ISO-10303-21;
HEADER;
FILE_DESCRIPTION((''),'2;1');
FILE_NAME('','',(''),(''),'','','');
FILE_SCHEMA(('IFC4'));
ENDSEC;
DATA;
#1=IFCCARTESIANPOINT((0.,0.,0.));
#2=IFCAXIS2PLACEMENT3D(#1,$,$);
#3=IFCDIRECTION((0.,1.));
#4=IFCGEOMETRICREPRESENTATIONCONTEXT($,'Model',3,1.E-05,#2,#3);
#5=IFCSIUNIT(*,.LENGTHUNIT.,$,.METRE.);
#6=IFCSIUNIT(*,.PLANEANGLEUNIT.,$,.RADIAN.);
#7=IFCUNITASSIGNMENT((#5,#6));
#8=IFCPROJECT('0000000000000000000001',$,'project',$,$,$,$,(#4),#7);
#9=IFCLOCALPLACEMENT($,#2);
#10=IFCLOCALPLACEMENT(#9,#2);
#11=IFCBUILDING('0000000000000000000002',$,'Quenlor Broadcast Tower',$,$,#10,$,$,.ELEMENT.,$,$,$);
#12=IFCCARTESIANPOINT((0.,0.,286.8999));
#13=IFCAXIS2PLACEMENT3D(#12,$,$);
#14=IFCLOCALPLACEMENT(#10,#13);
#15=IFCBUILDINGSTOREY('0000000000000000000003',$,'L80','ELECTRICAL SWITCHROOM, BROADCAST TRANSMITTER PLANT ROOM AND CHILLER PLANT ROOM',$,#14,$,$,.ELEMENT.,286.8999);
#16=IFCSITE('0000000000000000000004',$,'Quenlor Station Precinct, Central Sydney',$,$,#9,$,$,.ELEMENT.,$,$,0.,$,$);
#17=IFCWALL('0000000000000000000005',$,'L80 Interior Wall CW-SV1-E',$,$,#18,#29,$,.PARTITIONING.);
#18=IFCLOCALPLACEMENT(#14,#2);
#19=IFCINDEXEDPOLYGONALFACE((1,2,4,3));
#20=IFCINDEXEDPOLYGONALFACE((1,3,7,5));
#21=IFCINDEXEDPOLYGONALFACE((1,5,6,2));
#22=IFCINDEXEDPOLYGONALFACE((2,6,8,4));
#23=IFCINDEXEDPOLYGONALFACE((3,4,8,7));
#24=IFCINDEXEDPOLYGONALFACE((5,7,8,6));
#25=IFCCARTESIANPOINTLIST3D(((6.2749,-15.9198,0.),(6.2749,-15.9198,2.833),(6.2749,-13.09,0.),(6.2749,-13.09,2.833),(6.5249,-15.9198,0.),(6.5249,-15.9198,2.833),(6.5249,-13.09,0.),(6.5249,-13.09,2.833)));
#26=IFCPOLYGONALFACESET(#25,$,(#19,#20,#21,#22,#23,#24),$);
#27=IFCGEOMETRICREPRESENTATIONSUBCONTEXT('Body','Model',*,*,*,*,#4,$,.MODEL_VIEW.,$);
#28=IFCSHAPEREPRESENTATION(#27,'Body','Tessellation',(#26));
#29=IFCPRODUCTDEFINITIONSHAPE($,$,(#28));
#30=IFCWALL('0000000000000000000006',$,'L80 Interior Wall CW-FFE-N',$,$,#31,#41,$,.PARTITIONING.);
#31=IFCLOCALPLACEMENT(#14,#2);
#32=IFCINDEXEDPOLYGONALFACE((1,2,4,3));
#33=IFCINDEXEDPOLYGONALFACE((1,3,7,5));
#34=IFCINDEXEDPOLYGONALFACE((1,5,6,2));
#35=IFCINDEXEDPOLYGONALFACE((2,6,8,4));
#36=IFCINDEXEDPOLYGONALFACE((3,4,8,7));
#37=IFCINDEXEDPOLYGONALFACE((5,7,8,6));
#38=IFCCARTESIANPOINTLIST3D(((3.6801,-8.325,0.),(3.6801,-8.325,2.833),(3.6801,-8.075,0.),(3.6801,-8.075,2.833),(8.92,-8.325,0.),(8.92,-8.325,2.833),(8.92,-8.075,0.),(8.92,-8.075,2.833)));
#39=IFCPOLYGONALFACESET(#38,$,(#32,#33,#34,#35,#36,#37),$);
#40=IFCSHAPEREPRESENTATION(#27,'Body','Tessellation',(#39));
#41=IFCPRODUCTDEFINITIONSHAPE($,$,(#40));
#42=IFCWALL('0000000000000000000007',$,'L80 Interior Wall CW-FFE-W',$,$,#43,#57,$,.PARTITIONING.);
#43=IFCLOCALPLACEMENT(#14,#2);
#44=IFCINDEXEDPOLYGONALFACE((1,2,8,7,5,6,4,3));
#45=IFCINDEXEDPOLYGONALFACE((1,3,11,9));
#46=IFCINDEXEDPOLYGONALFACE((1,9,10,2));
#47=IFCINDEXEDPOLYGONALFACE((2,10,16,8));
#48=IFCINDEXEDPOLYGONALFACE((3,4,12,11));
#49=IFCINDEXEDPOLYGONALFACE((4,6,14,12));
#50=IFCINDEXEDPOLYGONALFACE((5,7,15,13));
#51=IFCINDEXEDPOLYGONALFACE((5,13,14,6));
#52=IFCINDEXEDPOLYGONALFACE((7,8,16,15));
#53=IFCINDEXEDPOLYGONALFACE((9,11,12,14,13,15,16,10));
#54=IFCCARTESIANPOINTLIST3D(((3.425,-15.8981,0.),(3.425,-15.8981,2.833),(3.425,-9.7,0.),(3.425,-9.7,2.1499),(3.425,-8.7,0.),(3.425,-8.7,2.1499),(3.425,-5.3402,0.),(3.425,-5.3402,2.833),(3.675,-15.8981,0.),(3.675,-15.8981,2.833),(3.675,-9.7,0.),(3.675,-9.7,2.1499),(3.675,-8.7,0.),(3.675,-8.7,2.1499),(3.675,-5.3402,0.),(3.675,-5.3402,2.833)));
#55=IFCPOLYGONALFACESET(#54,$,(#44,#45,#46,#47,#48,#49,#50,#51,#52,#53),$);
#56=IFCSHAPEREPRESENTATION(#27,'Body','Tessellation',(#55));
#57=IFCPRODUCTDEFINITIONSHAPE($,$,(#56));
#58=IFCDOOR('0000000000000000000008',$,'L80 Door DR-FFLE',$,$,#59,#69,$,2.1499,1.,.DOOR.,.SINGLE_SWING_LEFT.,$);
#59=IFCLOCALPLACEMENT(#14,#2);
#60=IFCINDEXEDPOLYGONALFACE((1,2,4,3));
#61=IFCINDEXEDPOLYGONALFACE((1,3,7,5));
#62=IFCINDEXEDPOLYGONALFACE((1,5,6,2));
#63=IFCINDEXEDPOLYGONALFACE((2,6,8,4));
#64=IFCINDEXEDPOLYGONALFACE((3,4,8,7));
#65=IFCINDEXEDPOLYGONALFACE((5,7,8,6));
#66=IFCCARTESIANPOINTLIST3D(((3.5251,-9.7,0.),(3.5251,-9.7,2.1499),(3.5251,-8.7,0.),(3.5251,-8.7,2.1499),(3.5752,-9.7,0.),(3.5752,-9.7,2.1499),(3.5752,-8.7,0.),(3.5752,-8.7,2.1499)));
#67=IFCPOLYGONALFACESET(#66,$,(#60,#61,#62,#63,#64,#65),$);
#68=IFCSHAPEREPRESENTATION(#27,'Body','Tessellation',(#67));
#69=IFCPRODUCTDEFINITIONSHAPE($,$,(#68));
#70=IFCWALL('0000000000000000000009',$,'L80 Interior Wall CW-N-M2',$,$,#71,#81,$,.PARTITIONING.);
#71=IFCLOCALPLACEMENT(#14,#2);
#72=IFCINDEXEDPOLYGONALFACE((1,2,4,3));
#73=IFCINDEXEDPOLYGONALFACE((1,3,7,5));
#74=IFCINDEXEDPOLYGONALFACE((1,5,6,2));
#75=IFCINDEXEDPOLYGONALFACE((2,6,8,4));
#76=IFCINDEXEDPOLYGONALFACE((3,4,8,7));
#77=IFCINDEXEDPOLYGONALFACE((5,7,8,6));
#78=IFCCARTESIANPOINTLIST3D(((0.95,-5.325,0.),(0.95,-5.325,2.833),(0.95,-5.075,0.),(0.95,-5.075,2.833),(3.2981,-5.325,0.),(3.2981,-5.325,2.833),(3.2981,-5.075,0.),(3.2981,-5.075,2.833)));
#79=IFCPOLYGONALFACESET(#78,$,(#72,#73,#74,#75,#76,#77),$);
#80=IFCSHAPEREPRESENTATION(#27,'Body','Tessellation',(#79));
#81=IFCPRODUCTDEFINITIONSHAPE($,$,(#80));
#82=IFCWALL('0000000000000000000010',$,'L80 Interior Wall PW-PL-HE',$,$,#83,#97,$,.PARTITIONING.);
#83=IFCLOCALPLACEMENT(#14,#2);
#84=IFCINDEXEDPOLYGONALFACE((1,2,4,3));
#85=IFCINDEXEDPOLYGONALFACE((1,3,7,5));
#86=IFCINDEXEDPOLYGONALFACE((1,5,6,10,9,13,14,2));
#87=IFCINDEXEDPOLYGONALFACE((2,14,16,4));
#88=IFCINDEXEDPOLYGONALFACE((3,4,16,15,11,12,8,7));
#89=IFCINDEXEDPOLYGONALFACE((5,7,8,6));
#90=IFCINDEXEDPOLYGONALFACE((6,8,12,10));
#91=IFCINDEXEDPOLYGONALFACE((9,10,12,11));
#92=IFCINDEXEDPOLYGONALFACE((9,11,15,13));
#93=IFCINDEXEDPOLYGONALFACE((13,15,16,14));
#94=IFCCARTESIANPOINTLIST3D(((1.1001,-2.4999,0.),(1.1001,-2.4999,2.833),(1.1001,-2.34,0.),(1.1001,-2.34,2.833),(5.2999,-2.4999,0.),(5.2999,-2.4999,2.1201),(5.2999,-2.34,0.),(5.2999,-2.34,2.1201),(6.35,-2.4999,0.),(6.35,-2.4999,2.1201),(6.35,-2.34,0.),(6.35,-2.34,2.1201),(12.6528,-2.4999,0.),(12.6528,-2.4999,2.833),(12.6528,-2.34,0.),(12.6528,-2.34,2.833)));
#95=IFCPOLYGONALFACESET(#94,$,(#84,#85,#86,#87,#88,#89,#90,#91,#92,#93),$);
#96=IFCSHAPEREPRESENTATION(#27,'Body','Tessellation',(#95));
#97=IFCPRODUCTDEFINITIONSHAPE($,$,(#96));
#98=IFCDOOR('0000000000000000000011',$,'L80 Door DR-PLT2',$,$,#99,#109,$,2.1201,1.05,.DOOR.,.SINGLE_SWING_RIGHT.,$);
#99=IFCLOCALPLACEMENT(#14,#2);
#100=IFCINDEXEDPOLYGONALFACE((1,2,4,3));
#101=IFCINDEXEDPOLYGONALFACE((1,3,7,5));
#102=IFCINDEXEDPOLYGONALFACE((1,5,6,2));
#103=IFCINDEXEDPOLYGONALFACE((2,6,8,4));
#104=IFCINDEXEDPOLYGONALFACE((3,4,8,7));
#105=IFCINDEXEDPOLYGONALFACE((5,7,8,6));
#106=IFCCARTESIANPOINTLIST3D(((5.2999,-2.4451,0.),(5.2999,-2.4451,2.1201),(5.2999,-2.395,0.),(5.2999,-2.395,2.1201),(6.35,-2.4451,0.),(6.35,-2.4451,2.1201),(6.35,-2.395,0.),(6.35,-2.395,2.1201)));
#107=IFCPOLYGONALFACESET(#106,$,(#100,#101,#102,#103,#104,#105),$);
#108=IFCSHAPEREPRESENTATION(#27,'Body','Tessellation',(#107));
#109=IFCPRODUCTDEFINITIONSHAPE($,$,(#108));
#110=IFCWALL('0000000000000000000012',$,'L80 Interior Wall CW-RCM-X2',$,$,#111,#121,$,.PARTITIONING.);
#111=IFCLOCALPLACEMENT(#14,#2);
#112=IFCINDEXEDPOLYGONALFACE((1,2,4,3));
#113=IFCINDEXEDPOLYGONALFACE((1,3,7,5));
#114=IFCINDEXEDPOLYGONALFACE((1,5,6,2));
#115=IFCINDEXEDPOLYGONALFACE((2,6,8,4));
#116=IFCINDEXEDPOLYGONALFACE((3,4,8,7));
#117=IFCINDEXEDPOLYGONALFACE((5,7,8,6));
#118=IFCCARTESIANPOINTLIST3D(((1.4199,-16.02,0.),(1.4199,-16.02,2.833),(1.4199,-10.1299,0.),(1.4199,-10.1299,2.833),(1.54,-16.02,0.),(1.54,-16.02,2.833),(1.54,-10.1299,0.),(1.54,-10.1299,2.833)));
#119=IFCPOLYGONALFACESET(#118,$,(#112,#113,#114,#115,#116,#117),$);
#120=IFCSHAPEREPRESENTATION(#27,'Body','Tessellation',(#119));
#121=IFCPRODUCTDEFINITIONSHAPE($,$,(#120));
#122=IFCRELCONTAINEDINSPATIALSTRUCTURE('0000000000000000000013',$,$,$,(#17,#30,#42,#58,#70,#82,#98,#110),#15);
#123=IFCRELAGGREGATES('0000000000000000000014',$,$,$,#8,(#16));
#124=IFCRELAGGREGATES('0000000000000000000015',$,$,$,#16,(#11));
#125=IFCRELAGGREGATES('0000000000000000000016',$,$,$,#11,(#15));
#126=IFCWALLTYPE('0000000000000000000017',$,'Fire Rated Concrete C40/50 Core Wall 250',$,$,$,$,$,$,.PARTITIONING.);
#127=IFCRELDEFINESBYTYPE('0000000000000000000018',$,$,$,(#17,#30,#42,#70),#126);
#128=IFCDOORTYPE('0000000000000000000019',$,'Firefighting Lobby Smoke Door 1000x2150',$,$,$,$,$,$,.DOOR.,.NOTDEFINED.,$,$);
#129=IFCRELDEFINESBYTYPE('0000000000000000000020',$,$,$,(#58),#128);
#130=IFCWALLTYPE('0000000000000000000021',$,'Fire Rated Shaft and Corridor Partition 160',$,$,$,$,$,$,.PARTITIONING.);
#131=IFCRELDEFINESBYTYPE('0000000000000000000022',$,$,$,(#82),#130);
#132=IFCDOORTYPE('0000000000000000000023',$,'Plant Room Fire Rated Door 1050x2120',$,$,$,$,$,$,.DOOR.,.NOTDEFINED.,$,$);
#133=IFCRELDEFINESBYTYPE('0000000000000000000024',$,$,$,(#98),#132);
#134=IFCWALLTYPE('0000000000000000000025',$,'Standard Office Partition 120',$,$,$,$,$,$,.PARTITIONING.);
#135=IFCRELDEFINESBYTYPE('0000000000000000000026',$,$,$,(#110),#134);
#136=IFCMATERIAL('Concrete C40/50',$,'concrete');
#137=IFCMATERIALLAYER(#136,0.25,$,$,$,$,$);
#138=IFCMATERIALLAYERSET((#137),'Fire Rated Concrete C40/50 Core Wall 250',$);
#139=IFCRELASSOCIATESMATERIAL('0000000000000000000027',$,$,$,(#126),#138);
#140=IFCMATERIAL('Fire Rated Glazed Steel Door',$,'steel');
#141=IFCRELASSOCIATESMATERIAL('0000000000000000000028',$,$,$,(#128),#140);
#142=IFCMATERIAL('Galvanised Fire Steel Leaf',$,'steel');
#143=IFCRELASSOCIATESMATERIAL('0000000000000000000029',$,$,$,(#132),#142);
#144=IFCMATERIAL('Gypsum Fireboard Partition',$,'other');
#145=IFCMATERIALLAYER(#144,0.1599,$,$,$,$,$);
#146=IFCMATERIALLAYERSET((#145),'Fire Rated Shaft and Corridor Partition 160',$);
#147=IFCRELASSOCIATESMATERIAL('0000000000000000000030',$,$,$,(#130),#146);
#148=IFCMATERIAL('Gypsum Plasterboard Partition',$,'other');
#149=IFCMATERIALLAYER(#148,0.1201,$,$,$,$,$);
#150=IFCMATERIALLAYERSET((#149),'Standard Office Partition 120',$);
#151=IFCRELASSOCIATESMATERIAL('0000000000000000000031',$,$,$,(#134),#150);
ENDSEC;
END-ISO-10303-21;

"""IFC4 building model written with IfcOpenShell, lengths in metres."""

from ifc_helpers import new_model, si_unit, direction, frame, frame_2d, origin, place, context, subcontext, project, spatial, rectangle, extrude, material, layer, layer_set, type_object, element, fill, save


model = new_model("IFC4")

# Units and contexts
model_context = context("Model", 3, precision=1e-05, world=origin(), true_north=direction((0.0, 1.0)))
body_context = subcontext(model_context, "Body", "Model", "MODEL_VIEW")
ifc_project = project(units=[si_unit("LENGTHUNIT", "METRE"), si_unit("PLANEANGLEUNIT", "RADIAN")], contexts=[model_context])

# Site, building, storey
site_placement = place(None, origin())
site = spatial("IfcSite", under=ifc_project, at=site_placement, Name="Quenlor Station Precinct, Central Sydney", CompositionType="ELEMENT", RefElevation=0.0)
building_placement = place(site_placement, origin())
building = spatial("IfcBuilding", under=site, at=building_placement, Name="Quenlor Broadcast Tower", CompositionType="ELEMENT")
storey_placement = place(building_placement, frame((0.0, 0.0, 286.8999)))
storey = spatial("IfcBuildingStorey", under=building, at=storey_placement, Name="L80", Description="ELECTRICAL SWITCHROOM, BROADCAST TRANSMITTER PLANT ROOM AND CHILLER PLANT ROOM", CompositionType="ELEMENT", Elevation=286.8999)

# Shared definitions
ifc_material_1 = material(Name="Concrete C40/50", Category="concrete")
ifc_layer_1 = layer(ifc_material_1, 0.25)
ifc_layer_set_1 = layer_set([ifc_layer_1], Name="Fire Rated Concrete C40/50 Core Wall 250")
wall_type_1 = type_object("IfcWallType", Name="Fire Rated Concrete C40/50 Core Wall 250", PredefinedType="PARTITIONING", material=ifc_layer_set_1)

# Walls
wall_1_placement = place(storey_placement, frame((6.3999, -15.9199, 0.0), z_axis=(0.0, 0.0, 1.0), x_axis=(0.0, 1.0, 0.0)))
element("IfcWall", 1, at=wall_1_placement, inside=storey, type_object=wall_type_1, Name="L80 Interior Wall CW-SV1-E", PredefinedType="PARTITIONING", context=body_context, shape_type="SweptSolid", body=[
    extrude(rectangle(XDim=2.8298, YDim=0.25, at=frame_2d((1.415, 0.0))), origin(), (0.0, 0.0, 1.0), 2.833),
])
wall_2_placement = place(storey_placement, frame((3.6799, -8.2, 0.0), z_axis=(0.0, 0.0, 1.0), x_axis=(1.0, 0.0, 0.0)))
element("IfcWall", 2, at=wall_2_placement, inside=storey, type_object=wall_type_1, Name="L80 Interior Wall CW-FFE-N", PredefinedType="PARTITIONING", context=body_context, shape_type="SweptSolid", body=[
    extrude(rectangle(XDim=5.24, YDim=0.25, at=frame_2d((2.6201, 0.0))), origin(), (0.0, 0.0, 1.0), 2.833),
])

# Wall, opening, door
wall_3_placement = place(storey_placement, frame((3.55, -15.8979, 0.0), z_axis=(0.0, 0.0, 1.0), x_axis=(0.0, 1.0, 0.0)))
wall_3 = element("IfcWall", 3, at=wall_3_placement, inside=storey, type_object=wall_type_1, Name="L80 Interior Wall CW-FFE-W", PredefinedType="PARTITIONING", context=body_context, shape_type="SweptSolid", body=[
    extrude(rectangle(XDim=10.5579, YDim=0.25, at=frame_2d((5.2788, 0.0))), origin(), (0.0, 0.0, 1.0), 2.833),
])
opening_1_placement = place(wall_3_placement, frame((6.198, 0.0, 0.0)))
opening_1 = element("IfcOpeningElement", 4, at=opening_1_placement, cuts=wall_3, PredefinedType="OPENING", context=body_context, shape_type="SweptSolid", body=[
    extrude(rectangle(XDim=1.0, YDim=2.1499, at=frame_2d((0.5, 1.075))), frame((0.0, 0.135, 0.0), z_axis=(0.0, -1.0, 0.0), x_axis=(1.0, 0.0, 0.0)), (0.0, 0.0, 1.0), 0.27),
])
ifc_material_2 = material(Name="Fire Rated Glazed Steel Door", Category="steel")
door_type_1 = type_object("IfcDoorType", Name="Firefighting Lobby Smoke Door 1000x2150", OperationType="NOTDEFINED", PredefinedType="DOOR", material=ifc_material_2)
door_1_placement = place(opening_1_placement, origin())
door_1 = element("IfcDoor", 5, at=door_1_placement, inside=storey, type_object=door_type_1, Name="L80 Door DR-FFLE", OperationType="SINGLE_SWING_LEFT", OverallHeight=2.1499, OverallWidth=1.0, PredefinedType="DOOR", context=body_context, shape_type="SweptSolid", body=[
    extrude(rectangle(XDim=1.0, YDim=2.1499, at=frame_2d((0.5, 1.075))), frame((0.0, 0.0249, 0.0), z_axis=(0.0, -1.0, 0.0), x_axis=(1.0, 0.0, 0.0)), (0.0, 0.0, 1.0), 0.05),
])
fill(opening_1, door_1)
ifc_material_3 = material(Name="Galvanised Fire Steel Leaf", Category="steel")
door_type_2 = type_object("IfcDoorType", Name="Plant Room Fire Rated Door 1050x2120", OperationType="NOTDEFINED", PredefinedType="DOOR", material=ifc_material_3)

# Wall
wall_4_placement = place(storey_placement, frame((0.95, -5.2, 0.0), z_axis=(0.0, 0.0, 1.0), x_axis=(1.0, 0.0, 0.0)))
element("IfcWall", 6, at=wall_4_placement, inside=storey, type_object=wall_type_1, Name="L80 Interior Wall CW-N-M2", PredefinedType="PARTITIONING", context=body_context, shape_type="SweptSolid", body=[
    extrude(rectangle(XDim=2.3481, YDim=0.25, at=frame_2d((1.1741, 0.0))), origin(), (0.0, 0.0, 1.0), 2.833),
])

# Wall, opening, door
ifc_material_4 = material(Name="Gypsum Fireboard Partition", Category="other")
ifc_layer_2 = layer(ifc_material_4, 0.1599)
ifc_layer_set_2 = layer_set([ifc_layer_2], Name="Fire Rated Shaft and Corridor Partition 160")
wall_type_2 = type_object("IfcWallType", Name="Fire Rated Shaft and Corridor Partition 160", PredefinedType="PARTITIONING", material=ifc_layer_set_2)
wall_5_placement = place(storey_placement, frame((1.1001, -2.4199, 0.0), z_axis=(0.0, 0.0, 1.0), x_axis=(1.0, 0.0, 0.0)))
wall_5 = element("IfcWall", 7, at=wall_5_placement, inside=storey, type_object=wall_type_2, Name="L80 Interior Wall PW-PL-HE", PredefinedType="PARTITIONING", context=body_context, shape_type="SweptSolid", body=[
    extrude(rectangle(XDim=11.5527, YDim=0.1599, at=frame_2d((5.7764, 0.0))), origin(), (0.0, 0.0, 1.0), 2.833),
])
opening_2_placement = place(wall_5_placement, frame((4.2, 0.0, 0.0)))
opening_2 = element("IfcOpeningElement", 8, at=opening_2_placement, cuts=wall_5, PredefinedType="OPENING", context=body_context, shape_type="SweptSolid", body=[
    extrude(rectangle(XDim=1.05, YDim=2.1201, at=frame_2d((0.5249, 1.0601))), frame((0.0, 0.0898, 0.0), z_axis=(0.0, -1.0, 0.0), x_axis=(1.0, 0.0, 0.0)), (0.0, 0.0, 1.0), 0.1799),
])
door_2_placement = place(opening_2_placement, origin())
door_2 = element("IfcDoor", 9, at=door_2_placement, inside=storey, type_object=door_type_2, Name="L80 Door DR-PLT2", OperationType="SINGLE_SWING_RIGHT", OverallHeight=2.1201, OverallWidth=1.05, PredefinedType="DOOR", context=body_context, shape_type="SweptSolid", body=[
    extrude(rectangle(XDim=1.05, YDim=2.1201, at=frame_2d((0.5249, 1.0601))), frame((0.0, 0.0249, 0.0), z_axis=(0.0, -1.0, 0.0), x_axis=(1.0, 0.0, 0.0)), (0.0, 0.0, 1.0), 0.05),
])
fill(opening_2, door_2)

# Wall
ifc_material_5 = material(Name="Gypsum Plasterboard Partition", Category="other")
ifc_layer_3 = layer(ifc_material_5, 0.1201)
ifc_layer_set_3 = layer_set([ifc_layer_3], Name="Standard Office Partition 120")
wall_type_3 = type_object("IfcWallType", Name="Standard Office Partition 120", PredefinedType="PARTITIONING", material=ifc_layer_set_3)
wall_6_placement = place(storey_placement, frame((1.48, -16.02, 0.0), z_axis=(0.0, 0.0, 1.0), x_axis=(0.0, 1.0, 0.0)))
element("IfcWall", 10, at=wall_6_placement, inside=storey, type_object=wall_type_3, Name="L80 Interior Wall CW-RCM-X2", PredefinedType="PARTITIONING", context=body_context, shape_type="SweptSolid", body=[
    extrude(rectangle(XDim=5.8901, YDim=0.1201, at=frame_2d((2.9451, 0.0))), origin(), (0.0, 0.0, 1.0), 2.833),
])

save(model, "model.ifc")
